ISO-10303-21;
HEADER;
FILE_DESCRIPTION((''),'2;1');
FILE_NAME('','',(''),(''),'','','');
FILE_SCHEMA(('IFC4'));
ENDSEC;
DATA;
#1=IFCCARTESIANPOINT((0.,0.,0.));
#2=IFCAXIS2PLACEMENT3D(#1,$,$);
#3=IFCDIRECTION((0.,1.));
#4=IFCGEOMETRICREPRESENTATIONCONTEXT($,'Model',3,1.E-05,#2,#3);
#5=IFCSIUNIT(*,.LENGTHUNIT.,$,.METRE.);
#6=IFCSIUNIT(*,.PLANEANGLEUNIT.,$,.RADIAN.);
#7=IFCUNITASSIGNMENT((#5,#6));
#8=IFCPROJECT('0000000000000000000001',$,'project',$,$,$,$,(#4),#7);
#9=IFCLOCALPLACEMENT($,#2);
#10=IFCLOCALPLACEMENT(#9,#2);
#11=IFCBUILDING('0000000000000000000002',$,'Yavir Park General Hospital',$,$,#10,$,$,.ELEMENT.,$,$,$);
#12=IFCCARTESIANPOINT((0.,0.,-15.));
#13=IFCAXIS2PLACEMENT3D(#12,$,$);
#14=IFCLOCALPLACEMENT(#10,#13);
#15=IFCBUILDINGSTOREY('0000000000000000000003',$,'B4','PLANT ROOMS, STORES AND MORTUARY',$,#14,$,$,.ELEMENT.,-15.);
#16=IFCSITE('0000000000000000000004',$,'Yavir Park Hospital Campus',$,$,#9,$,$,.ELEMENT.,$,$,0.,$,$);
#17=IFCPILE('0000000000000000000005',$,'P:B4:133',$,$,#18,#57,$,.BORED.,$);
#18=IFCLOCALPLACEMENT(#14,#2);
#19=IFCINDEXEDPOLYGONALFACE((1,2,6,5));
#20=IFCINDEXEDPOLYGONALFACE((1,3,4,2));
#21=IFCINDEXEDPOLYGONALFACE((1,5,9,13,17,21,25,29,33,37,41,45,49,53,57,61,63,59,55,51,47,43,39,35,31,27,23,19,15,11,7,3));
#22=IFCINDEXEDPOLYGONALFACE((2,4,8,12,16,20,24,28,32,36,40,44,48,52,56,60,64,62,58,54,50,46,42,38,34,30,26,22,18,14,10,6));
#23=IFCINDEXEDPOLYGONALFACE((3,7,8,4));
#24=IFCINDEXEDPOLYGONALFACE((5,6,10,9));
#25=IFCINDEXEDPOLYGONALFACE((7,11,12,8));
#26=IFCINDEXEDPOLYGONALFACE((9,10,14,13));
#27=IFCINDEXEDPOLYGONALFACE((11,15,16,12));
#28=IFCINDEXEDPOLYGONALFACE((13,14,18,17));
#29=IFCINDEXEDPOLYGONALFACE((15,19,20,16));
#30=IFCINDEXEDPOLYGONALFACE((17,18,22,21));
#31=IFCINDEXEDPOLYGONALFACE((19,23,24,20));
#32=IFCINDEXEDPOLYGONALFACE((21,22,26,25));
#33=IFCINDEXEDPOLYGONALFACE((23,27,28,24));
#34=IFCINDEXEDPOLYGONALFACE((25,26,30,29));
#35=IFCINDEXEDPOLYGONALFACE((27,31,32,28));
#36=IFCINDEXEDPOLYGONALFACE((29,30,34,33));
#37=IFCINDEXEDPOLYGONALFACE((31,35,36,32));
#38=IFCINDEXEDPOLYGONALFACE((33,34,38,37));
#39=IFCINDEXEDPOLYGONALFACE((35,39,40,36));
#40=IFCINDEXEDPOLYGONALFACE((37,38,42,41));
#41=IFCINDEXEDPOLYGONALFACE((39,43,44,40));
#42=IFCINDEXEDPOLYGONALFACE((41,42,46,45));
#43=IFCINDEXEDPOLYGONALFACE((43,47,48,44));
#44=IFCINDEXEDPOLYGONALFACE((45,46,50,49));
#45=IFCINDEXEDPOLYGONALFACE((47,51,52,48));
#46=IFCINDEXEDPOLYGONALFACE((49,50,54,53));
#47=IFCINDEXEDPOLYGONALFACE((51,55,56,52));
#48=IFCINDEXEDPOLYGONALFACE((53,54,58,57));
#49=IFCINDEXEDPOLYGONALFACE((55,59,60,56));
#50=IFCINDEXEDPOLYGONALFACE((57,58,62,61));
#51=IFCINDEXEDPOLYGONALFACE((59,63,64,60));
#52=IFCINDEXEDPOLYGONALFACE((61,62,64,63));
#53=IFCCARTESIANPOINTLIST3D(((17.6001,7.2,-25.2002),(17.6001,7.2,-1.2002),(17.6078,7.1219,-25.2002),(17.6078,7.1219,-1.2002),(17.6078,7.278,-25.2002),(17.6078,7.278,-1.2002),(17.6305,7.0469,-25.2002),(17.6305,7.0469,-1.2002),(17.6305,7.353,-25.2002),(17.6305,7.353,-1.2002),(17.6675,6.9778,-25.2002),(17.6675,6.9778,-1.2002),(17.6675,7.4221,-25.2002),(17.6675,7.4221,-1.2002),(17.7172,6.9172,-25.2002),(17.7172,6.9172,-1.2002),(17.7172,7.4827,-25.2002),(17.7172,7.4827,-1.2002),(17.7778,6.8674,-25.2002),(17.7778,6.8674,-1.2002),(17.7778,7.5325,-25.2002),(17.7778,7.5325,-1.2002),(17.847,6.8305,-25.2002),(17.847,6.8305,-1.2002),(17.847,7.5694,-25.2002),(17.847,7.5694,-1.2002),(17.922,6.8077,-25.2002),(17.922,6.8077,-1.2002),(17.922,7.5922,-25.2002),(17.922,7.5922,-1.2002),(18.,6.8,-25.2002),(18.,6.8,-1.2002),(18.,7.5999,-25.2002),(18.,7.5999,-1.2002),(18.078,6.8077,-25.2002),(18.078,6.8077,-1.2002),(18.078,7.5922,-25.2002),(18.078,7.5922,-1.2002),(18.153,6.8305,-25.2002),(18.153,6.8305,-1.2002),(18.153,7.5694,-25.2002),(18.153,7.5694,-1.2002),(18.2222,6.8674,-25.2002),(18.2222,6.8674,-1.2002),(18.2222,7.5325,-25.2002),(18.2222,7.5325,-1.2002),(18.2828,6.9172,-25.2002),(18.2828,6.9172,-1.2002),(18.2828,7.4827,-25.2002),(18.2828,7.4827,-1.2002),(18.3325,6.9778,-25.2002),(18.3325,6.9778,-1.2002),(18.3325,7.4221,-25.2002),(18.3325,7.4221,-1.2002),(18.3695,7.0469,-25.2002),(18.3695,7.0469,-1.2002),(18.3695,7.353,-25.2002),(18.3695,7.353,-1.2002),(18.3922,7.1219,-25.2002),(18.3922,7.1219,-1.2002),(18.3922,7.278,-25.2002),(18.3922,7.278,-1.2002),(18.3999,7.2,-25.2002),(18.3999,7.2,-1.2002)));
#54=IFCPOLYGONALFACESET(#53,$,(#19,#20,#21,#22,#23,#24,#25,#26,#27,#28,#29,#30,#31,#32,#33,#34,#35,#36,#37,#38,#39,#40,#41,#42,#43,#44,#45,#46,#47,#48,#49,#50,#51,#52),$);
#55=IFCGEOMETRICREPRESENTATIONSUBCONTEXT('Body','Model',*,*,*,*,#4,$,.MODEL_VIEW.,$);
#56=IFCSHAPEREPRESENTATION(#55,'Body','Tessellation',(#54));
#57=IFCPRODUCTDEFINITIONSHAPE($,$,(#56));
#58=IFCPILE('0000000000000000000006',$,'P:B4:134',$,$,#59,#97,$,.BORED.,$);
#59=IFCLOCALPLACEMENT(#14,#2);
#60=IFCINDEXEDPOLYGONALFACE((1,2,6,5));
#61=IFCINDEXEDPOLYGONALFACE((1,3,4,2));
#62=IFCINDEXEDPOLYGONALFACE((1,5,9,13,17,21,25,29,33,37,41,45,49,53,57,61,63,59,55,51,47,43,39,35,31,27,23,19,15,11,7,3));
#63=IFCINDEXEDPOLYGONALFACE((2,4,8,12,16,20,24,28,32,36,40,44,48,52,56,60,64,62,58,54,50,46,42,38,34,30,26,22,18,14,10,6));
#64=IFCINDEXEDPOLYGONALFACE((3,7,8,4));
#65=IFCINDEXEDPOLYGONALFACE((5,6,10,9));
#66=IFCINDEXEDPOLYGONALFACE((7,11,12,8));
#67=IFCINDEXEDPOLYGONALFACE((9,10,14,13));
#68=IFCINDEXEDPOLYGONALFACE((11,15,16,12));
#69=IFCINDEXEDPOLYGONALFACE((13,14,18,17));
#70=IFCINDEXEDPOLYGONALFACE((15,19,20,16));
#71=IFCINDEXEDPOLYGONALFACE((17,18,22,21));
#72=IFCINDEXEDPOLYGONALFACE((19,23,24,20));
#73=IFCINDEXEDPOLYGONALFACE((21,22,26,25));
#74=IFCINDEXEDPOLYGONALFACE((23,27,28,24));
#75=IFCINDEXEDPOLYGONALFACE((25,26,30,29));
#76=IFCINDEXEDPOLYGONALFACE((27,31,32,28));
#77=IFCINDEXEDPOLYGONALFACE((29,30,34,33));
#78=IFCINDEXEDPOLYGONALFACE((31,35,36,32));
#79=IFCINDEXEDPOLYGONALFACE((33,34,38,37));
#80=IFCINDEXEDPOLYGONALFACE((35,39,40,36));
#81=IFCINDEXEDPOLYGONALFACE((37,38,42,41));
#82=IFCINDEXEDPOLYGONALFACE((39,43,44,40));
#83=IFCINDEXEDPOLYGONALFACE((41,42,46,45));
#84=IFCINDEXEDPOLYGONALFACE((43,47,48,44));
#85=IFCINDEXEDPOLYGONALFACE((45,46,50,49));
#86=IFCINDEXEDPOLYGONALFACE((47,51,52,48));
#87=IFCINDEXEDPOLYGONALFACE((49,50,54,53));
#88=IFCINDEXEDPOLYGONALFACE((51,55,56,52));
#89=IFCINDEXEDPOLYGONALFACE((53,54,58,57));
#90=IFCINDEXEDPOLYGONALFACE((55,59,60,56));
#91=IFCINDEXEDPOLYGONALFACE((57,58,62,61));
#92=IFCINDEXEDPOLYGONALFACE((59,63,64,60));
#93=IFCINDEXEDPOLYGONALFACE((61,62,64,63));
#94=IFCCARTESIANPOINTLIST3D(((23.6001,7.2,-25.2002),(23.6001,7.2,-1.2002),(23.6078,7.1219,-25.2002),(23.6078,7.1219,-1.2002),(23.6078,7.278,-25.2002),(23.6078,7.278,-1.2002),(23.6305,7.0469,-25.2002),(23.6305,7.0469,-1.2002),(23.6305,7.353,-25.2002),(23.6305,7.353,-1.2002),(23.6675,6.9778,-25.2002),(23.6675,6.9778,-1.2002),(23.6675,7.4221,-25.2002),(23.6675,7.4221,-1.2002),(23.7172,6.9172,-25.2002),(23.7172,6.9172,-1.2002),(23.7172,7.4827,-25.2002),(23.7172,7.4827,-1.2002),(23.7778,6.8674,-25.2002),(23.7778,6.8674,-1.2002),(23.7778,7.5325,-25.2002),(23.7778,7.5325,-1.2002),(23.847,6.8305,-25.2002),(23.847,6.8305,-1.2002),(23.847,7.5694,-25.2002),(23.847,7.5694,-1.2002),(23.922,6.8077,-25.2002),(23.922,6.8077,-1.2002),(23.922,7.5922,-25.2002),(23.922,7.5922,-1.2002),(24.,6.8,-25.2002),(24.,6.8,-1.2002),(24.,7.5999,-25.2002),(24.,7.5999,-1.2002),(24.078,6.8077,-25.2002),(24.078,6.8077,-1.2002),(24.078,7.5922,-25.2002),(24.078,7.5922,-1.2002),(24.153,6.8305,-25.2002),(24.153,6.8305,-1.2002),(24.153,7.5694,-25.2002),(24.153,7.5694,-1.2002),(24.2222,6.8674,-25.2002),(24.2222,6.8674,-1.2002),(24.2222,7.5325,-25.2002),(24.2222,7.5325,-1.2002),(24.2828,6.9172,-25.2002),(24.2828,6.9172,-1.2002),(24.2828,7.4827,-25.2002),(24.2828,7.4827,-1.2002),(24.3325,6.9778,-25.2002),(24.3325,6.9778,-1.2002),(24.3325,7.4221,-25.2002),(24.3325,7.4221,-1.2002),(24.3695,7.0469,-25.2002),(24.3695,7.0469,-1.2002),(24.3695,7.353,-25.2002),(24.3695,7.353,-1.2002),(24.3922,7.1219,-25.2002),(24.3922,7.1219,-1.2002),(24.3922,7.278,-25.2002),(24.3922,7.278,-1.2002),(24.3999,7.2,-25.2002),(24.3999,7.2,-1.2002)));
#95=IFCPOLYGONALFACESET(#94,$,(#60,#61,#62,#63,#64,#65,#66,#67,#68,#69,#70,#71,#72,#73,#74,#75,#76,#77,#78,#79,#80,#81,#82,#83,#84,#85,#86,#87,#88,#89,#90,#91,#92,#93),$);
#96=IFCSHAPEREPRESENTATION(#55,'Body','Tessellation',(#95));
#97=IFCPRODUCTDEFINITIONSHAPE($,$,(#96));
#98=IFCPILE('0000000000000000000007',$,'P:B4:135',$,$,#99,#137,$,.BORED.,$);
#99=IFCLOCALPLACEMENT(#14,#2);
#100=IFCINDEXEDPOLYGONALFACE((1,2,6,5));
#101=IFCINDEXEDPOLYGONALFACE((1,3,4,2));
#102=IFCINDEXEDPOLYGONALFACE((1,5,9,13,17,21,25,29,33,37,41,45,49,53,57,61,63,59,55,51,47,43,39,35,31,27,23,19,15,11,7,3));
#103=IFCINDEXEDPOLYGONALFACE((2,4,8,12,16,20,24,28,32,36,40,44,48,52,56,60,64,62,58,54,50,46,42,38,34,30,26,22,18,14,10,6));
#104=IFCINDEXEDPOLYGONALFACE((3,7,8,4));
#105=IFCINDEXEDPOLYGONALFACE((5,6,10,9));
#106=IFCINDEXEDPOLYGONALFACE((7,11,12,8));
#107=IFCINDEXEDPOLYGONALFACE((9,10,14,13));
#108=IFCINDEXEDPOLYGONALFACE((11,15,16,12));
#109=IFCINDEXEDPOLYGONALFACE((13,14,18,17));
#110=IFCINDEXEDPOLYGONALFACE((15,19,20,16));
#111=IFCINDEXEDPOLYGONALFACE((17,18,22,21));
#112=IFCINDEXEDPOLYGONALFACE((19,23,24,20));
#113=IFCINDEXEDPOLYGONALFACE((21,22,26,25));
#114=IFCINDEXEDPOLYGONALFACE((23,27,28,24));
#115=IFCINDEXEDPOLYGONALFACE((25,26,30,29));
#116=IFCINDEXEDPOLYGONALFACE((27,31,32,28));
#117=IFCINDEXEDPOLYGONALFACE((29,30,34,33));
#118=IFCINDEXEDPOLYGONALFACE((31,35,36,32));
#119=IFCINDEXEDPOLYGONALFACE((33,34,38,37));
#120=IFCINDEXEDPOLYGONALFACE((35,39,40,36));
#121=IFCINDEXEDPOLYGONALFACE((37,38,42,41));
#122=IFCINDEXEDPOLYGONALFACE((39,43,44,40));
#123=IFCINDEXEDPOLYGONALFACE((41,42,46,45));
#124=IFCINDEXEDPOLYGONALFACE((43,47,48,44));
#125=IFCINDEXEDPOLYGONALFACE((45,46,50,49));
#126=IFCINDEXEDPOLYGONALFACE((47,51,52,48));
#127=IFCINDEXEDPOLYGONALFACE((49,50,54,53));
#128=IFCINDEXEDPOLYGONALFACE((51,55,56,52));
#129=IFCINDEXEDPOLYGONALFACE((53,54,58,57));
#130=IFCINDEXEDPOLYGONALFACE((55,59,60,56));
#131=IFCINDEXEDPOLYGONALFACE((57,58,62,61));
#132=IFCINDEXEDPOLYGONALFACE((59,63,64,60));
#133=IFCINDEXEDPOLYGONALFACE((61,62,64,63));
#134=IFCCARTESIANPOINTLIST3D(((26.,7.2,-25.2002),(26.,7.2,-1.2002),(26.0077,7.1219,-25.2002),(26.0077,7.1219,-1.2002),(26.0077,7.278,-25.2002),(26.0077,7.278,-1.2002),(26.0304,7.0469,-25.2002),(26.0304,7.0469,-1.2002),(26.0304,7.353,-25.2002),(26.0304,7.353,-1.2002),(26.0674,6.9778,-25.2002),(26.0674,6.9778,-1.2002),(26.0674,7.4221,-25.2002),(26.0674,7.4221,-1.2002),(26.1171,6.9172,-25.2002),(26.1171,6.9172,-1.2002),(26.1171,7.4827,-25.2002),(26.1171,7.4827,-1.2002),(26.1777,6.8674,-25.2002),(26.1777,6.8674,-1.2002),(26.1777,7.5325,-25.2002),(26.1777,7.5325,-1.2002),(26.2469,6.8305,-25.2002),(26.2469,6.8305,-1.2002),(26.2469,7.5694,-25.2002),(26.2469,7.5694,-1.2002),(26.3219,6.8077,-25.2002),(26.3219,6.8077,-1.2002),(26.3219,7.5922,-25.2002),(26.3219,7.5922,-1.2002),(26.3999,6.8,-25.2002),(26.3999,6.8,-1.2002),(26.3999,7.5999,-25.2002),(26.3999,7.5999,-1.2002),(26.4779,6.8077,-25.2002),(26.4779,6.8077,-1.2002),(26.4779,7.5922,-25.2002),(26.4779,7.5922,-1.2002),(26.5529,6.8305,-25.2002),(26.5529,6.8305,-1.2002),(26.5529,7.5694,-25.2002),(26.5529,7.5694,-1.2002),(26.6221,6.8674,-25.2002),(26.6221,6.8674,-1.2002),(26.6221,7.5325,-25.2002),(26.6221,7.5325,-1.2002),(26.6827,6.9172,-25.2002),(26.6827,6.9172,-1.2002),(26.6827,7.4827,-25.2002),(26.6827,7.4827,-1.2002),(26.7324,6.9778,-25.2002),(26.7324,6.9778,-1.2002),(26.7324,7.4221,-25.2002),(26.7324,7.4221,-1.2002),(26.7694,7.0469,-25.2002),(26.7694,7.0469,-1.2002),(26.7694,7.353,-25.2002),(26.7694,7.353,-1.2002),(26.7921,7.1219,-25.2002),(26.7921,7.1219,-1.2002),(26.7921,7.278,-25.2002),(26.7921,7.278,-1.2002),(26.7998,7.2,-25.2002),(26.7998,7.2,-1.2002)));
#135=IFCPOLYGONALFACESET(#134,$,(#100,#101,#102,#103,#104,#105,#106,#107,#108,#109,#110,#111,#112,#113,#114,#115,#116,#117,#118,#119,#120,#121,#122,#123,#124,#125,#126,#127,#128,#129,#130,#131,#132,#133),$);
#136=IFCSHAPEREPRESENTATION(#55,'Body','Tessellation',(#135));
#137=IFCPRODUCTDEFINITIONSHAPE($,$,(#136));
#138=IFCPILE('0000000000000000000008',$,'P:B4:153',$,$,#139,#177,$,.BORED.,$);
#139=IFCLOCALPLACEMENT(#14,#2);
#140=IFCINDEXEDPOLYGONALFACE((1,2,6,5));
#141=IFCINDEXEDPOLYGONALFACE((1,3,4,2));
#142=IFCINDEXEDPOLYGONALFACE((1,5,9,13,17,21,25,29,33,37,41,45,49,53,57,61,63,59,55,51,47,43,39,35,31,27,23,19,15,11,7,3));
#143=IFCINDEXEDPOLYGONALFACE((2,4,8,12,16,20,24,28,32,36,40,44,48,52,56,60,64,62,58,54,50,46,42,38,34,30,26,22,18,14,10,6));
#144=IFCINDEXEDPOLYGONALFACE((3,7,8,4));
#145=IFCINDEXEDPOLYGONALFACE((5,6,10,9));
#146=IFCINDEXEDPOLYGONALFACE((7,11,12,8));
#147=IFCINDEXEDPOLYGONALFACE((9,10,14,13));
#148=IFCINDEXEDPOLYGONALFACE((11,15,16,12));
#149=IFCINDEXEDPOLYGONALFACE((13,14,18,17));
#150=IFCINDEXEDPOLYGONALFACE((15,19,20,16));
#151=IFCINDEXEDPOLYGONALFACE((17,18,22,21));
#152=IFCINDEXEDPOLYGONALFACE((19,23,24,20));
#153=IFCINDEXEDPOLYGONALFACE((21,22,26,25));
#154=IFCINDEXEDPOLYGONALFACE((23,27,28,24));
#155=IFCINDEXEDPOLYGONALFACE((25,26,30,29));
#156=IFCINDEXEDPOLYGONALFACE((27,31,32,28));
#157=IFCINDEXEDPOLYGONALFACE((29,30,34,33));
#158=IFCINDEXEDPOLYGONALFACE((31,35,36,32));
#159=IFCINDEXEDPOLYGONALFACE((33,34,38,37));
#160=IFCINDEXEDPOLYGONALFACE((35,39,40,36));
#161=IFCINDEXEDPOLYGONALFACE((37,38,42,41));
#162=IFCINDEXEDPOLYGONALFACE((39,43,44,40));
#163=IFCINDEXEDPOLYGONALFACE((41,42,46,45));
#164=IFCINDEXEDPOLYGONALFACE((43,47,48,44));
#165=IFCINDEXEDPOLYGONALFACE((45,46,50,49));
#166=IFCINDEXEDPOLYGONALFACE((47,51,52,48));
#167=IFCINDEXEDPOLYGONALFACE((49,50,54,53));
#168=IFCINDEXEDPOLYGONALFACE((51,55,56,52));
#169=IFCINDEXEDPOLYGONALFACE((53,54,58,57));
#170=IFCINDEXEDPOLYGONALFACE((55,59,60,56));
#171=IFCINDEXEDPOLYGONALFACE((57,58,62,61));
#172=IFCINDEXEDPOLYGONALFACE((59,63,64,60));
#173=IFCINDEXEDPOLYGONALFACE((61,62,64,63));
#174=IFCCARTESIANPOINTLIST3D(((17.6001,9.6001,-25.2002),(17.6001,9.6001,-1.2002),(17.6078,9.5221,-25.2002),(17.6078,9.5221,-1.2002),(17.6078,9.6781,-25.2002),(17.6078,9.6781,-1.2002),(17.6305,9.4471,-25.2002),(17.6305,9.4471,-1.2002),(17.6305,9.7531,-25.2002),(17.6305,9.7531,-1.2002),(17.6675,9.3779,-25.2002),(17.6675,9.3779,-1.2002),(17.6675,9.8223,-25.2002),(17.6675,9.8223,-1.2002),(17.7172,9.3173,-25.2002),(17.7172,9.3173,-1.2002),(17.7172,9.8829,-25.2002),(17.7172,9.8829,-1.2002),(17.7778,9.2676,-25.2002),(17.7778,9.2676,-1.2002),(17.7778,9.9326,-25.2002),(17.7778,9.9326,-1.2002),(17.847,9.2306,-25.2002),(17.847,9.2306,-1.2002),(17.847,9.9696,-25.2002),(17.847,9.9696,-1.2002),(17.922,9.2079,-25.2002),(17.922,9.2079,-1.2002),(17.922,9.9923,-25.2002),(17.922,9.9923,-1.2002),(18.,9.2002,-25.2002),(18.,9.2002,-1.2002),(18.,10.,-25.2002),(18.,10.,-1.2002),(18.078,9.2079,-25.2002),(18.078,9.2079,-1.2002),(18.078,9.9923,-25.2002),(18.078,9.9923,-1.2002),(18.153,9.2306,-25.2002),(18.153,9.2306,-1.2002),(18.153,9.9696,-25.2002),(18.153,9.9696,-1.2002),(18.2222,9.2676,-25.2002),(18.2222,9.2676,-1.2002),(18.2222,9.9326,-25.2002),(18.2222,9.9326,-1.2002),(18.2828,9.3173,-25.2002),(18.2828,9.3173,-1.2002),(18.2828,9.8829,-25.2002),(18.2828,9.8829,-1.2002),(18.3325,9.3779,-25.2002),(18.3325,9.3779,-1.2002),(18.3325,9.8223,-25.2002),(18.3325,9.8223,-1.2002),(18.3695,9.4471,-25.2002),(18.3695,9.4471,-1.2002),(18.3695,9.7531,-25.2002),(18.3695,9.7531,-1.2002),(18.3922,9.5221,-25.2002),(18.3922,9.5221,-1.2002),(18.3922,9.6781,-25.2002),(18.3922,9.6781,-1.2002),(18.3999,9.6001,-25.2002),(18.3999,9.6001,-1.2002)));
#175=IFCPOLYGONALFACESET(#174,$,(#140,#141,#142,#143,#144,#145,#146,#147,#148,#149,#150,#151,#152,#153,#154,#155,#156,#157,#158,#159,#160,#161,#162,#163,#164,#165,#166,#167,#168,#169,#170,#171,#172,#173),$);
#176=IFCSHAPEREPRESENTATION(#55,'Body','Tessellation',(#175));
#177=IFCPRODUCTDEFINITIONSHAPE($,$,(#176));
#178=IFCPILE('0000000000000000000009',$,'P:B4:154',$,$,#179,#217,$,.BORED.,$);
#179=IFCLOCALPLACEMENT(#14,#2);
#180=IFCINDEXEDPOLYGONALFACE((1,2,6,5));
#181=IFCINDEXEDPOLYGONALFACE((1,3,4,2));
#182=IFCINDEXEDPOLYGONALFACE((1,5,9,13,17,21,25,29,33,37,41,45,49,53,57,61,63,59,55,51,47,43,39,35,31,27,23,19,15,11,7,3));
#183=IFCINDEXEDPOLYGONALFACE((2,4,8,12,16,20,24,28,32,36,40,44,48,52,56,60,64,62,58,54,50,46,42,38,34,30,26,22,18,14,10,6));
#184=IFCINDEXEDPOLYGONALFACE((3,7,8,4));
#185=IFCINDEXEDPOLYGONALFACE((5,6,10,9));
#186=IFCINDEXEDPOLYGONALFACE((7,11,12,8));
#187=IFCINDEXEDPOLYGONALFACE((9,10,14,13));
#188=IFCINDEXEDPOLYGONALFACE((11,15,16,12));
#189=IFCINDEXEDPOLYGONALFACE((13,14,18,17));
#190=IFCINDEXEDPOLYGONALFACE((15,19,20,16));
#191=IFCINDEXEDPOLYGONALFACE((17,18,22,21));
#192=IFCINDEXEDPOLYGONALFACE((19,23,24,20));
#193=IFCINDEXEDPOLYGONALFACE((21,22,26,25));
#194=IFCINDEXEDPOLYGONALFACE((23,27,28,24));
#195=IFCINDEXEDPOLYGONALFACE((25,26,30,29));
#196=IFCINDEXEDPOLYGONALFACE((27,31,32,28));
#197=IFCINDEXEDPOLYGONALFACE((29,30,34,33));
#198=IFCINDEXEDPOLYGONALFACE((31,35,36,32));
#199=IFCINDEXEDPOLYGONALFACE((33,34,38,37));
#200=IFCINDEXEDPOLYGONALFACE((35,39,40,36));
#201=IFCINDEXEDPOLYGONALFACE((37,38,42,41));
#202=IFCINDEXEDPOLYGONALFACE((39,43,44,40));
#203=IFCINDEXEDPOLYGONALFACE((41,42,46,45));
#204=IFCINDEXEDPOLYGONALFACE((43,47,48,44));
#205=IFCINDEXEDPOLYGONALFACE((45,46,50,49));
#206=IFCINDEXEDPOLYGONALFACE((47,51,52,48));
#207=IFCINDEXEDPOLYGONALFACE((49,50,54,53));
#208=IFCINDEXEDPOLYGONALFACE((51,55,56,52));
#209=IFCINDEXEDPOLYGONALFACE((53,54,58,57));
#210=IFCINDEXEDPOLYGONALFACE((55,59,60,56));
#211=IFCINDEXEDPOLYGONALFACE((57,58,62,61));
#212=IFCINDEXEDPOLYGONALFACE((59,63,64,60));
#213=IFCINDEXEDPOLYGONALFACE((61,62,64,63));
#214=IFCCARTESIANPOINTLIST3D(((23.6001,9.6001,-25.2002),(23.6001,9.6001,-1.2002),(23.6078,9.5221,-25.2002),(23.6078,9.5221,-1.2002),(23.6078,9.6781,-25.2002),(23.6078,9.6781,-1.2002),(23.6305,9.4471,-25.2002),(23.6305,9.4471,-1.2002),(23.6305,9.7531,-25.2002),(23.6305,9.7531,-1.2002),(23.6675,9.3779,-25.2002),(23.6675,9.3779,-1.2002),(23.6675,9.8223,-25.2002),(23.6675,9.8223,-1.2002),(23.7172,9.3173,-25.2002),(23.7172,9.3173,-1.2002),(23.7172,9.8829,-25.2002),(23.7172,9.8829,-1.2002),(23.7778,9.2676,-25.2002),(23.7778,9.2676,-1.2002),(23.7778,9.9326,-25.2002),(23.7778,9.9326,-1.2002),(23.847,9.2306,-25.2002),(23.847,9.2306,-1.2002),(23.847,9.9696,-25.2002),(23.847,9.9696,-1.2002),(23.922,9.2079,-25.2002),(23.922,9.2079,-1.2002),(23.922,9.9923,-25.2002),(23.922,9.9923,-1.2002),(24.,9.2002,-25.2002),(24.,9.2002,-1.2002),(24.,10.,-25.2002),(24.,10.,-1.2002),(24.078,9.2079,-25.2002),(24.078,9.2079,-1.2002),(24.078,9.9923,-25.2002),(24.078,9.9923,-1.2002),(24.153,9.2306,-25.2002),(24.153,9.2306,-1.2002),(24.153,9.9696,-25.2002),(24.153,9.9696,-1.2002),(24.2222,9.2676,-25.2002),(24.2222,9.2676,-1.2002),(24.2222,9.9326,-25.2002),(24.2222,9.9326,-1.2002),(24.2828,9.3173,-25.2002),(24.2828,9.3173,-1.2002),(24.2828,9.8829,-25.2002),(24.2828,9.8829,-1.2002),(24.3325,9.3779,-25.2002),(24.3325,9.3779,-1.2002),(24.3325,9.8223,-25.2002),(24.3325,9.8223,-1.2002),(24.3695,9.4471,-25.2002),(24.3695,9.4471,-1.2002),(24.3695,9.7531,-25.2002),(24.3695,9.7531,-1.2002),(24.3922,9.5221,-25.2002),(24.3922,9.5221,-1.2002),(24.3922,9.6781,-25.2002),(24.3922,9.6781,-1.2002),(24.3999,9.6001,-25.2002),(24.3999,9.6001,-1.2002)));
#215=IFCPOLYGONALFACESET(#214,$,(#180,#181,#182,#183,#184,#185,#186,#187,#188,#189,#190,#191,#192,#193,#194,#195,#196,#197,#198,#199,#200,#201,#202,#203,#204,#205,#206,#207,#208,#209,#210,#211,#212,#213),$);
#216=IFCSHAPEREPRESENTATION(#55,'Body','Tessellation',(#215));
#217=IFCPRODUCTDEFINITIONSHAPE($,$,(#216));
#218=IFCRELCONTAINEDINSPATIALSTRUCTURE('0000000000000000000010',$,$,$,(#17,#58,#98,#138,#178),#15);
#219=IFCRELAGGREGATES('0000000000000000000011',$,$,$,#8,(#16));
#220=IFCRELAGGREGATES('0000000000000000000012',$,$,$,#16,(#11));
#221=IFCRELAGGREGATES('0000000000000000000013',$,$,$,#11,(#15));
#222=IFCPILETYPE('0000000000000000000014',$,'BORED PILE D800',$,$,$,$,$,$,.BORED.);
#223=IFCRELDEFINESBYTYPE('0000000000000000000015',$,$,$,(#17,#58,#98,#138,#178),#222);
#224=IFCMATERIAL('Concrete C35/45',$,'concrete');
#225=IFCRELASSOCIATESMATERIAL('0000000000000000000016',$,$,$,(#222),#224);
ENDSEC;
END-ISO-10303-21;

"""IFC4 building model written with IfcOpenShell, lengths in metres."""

from ifc_helpers import new_model, si_unit, direction, frame, origin, origin_2d, place, context, subcontext, project, spatial, circle, extrude, material, material_profile, profile_set, type_object, element, save


model = new_model("IFC4")

# Units and contexts
model_context = context("Model", 3, precision=1e-05, world=origin(), true_north=direction((0.0, 1.0)))
body_context = subcontext(model_context, "Body", "Model", "MODEL_VIEW")
ifc_project = project(units=[si_unit("LENGTHUNIT", "METRE"), si_unit("PLANEANGLEUNIT", "RADIAN")], contexts=[model_context])

# Site, building, storey
site_placement = place(None, origin())
site = spatial("IfcSite", under=ifc_project, at=site_placement, Name="Yavir Park Hospital Campus", CompositionType="ELEMENT", RefElevation=0.0)
building_placement = place(site_placement, origin())
building = spatial("IfcBuilding", under=site, at=building_placement, Name="Yavir Park General Hospital", CompositionType="ELEMENT")
storey_placement = place(building_placement, frame((0.0, 0.0, -15.0)))
storey = spatial("IfcBuildingStorey", under=building, at=storey_placement, Name="B4", Description="PLANT ROOMS, STORES AND MORTUARY", CompositionType="ELEMENT", Elevation=-15.0)

# Piles
ifc_material_1 = material(Name="Concrete C35/45", Category="concrete")
ifc_material_profile_1 = material_profile(ifc_material_1, circle(Radius=0.3999, at=origin_2d()), Name="D800")
ifc_profile_set_1 = profile_set([ifc_material_profile_1], Name="Concrete C35/45")
pile_type_1 = type_object("IfcPileType", Name="BORED PILE D800", PredefinedType="BORED", material=ifc_profile_set_1)
for number, where, z_axis, x_axis, name in (
    (1, (18.0, 7.2, -1.2002), (0.0, 0.0, -1.0), (1.0, 0.0, 0.0), "P:B4:133"),
    (2, (24.0, 7.2, -1.2002), (0.0, 0.0, -1.0), (1.0, 0.0, 0.0), "P:B4:134"),
    (3, (26.3999, 7.2, -1.2002), (0.0, 0.0, -1.0), (1.0, 0.0, 0.0), "P:B4:135"),
    (4, (18.0, 9.6001, -1.2002), (0.0, 0.0, -1.0), (1.0, 0.0, 0.0), "P:B4:153"),
    (5, (24.0, 9.6001, -1.2002), (0.0, 0.0, -1.0), (1.0, 0.0, 0.0), "P:B4:154"),
):
    element("IfcPile", number, at=place(storey_placement, frame(where, z_axis=z_axis, x_axis=x_axis)), inside=storey, type_object=pile_type_1, Name=name, PredefinedType="BORED", context=body_context, shape_type="SweptSolid", body=[
        extrude(circle(Radius=0.3999, at=origin_2d()), origin(), (0.0, 0.0, 1.0), 24.0),
    ])

save(model, "model.ifc")
